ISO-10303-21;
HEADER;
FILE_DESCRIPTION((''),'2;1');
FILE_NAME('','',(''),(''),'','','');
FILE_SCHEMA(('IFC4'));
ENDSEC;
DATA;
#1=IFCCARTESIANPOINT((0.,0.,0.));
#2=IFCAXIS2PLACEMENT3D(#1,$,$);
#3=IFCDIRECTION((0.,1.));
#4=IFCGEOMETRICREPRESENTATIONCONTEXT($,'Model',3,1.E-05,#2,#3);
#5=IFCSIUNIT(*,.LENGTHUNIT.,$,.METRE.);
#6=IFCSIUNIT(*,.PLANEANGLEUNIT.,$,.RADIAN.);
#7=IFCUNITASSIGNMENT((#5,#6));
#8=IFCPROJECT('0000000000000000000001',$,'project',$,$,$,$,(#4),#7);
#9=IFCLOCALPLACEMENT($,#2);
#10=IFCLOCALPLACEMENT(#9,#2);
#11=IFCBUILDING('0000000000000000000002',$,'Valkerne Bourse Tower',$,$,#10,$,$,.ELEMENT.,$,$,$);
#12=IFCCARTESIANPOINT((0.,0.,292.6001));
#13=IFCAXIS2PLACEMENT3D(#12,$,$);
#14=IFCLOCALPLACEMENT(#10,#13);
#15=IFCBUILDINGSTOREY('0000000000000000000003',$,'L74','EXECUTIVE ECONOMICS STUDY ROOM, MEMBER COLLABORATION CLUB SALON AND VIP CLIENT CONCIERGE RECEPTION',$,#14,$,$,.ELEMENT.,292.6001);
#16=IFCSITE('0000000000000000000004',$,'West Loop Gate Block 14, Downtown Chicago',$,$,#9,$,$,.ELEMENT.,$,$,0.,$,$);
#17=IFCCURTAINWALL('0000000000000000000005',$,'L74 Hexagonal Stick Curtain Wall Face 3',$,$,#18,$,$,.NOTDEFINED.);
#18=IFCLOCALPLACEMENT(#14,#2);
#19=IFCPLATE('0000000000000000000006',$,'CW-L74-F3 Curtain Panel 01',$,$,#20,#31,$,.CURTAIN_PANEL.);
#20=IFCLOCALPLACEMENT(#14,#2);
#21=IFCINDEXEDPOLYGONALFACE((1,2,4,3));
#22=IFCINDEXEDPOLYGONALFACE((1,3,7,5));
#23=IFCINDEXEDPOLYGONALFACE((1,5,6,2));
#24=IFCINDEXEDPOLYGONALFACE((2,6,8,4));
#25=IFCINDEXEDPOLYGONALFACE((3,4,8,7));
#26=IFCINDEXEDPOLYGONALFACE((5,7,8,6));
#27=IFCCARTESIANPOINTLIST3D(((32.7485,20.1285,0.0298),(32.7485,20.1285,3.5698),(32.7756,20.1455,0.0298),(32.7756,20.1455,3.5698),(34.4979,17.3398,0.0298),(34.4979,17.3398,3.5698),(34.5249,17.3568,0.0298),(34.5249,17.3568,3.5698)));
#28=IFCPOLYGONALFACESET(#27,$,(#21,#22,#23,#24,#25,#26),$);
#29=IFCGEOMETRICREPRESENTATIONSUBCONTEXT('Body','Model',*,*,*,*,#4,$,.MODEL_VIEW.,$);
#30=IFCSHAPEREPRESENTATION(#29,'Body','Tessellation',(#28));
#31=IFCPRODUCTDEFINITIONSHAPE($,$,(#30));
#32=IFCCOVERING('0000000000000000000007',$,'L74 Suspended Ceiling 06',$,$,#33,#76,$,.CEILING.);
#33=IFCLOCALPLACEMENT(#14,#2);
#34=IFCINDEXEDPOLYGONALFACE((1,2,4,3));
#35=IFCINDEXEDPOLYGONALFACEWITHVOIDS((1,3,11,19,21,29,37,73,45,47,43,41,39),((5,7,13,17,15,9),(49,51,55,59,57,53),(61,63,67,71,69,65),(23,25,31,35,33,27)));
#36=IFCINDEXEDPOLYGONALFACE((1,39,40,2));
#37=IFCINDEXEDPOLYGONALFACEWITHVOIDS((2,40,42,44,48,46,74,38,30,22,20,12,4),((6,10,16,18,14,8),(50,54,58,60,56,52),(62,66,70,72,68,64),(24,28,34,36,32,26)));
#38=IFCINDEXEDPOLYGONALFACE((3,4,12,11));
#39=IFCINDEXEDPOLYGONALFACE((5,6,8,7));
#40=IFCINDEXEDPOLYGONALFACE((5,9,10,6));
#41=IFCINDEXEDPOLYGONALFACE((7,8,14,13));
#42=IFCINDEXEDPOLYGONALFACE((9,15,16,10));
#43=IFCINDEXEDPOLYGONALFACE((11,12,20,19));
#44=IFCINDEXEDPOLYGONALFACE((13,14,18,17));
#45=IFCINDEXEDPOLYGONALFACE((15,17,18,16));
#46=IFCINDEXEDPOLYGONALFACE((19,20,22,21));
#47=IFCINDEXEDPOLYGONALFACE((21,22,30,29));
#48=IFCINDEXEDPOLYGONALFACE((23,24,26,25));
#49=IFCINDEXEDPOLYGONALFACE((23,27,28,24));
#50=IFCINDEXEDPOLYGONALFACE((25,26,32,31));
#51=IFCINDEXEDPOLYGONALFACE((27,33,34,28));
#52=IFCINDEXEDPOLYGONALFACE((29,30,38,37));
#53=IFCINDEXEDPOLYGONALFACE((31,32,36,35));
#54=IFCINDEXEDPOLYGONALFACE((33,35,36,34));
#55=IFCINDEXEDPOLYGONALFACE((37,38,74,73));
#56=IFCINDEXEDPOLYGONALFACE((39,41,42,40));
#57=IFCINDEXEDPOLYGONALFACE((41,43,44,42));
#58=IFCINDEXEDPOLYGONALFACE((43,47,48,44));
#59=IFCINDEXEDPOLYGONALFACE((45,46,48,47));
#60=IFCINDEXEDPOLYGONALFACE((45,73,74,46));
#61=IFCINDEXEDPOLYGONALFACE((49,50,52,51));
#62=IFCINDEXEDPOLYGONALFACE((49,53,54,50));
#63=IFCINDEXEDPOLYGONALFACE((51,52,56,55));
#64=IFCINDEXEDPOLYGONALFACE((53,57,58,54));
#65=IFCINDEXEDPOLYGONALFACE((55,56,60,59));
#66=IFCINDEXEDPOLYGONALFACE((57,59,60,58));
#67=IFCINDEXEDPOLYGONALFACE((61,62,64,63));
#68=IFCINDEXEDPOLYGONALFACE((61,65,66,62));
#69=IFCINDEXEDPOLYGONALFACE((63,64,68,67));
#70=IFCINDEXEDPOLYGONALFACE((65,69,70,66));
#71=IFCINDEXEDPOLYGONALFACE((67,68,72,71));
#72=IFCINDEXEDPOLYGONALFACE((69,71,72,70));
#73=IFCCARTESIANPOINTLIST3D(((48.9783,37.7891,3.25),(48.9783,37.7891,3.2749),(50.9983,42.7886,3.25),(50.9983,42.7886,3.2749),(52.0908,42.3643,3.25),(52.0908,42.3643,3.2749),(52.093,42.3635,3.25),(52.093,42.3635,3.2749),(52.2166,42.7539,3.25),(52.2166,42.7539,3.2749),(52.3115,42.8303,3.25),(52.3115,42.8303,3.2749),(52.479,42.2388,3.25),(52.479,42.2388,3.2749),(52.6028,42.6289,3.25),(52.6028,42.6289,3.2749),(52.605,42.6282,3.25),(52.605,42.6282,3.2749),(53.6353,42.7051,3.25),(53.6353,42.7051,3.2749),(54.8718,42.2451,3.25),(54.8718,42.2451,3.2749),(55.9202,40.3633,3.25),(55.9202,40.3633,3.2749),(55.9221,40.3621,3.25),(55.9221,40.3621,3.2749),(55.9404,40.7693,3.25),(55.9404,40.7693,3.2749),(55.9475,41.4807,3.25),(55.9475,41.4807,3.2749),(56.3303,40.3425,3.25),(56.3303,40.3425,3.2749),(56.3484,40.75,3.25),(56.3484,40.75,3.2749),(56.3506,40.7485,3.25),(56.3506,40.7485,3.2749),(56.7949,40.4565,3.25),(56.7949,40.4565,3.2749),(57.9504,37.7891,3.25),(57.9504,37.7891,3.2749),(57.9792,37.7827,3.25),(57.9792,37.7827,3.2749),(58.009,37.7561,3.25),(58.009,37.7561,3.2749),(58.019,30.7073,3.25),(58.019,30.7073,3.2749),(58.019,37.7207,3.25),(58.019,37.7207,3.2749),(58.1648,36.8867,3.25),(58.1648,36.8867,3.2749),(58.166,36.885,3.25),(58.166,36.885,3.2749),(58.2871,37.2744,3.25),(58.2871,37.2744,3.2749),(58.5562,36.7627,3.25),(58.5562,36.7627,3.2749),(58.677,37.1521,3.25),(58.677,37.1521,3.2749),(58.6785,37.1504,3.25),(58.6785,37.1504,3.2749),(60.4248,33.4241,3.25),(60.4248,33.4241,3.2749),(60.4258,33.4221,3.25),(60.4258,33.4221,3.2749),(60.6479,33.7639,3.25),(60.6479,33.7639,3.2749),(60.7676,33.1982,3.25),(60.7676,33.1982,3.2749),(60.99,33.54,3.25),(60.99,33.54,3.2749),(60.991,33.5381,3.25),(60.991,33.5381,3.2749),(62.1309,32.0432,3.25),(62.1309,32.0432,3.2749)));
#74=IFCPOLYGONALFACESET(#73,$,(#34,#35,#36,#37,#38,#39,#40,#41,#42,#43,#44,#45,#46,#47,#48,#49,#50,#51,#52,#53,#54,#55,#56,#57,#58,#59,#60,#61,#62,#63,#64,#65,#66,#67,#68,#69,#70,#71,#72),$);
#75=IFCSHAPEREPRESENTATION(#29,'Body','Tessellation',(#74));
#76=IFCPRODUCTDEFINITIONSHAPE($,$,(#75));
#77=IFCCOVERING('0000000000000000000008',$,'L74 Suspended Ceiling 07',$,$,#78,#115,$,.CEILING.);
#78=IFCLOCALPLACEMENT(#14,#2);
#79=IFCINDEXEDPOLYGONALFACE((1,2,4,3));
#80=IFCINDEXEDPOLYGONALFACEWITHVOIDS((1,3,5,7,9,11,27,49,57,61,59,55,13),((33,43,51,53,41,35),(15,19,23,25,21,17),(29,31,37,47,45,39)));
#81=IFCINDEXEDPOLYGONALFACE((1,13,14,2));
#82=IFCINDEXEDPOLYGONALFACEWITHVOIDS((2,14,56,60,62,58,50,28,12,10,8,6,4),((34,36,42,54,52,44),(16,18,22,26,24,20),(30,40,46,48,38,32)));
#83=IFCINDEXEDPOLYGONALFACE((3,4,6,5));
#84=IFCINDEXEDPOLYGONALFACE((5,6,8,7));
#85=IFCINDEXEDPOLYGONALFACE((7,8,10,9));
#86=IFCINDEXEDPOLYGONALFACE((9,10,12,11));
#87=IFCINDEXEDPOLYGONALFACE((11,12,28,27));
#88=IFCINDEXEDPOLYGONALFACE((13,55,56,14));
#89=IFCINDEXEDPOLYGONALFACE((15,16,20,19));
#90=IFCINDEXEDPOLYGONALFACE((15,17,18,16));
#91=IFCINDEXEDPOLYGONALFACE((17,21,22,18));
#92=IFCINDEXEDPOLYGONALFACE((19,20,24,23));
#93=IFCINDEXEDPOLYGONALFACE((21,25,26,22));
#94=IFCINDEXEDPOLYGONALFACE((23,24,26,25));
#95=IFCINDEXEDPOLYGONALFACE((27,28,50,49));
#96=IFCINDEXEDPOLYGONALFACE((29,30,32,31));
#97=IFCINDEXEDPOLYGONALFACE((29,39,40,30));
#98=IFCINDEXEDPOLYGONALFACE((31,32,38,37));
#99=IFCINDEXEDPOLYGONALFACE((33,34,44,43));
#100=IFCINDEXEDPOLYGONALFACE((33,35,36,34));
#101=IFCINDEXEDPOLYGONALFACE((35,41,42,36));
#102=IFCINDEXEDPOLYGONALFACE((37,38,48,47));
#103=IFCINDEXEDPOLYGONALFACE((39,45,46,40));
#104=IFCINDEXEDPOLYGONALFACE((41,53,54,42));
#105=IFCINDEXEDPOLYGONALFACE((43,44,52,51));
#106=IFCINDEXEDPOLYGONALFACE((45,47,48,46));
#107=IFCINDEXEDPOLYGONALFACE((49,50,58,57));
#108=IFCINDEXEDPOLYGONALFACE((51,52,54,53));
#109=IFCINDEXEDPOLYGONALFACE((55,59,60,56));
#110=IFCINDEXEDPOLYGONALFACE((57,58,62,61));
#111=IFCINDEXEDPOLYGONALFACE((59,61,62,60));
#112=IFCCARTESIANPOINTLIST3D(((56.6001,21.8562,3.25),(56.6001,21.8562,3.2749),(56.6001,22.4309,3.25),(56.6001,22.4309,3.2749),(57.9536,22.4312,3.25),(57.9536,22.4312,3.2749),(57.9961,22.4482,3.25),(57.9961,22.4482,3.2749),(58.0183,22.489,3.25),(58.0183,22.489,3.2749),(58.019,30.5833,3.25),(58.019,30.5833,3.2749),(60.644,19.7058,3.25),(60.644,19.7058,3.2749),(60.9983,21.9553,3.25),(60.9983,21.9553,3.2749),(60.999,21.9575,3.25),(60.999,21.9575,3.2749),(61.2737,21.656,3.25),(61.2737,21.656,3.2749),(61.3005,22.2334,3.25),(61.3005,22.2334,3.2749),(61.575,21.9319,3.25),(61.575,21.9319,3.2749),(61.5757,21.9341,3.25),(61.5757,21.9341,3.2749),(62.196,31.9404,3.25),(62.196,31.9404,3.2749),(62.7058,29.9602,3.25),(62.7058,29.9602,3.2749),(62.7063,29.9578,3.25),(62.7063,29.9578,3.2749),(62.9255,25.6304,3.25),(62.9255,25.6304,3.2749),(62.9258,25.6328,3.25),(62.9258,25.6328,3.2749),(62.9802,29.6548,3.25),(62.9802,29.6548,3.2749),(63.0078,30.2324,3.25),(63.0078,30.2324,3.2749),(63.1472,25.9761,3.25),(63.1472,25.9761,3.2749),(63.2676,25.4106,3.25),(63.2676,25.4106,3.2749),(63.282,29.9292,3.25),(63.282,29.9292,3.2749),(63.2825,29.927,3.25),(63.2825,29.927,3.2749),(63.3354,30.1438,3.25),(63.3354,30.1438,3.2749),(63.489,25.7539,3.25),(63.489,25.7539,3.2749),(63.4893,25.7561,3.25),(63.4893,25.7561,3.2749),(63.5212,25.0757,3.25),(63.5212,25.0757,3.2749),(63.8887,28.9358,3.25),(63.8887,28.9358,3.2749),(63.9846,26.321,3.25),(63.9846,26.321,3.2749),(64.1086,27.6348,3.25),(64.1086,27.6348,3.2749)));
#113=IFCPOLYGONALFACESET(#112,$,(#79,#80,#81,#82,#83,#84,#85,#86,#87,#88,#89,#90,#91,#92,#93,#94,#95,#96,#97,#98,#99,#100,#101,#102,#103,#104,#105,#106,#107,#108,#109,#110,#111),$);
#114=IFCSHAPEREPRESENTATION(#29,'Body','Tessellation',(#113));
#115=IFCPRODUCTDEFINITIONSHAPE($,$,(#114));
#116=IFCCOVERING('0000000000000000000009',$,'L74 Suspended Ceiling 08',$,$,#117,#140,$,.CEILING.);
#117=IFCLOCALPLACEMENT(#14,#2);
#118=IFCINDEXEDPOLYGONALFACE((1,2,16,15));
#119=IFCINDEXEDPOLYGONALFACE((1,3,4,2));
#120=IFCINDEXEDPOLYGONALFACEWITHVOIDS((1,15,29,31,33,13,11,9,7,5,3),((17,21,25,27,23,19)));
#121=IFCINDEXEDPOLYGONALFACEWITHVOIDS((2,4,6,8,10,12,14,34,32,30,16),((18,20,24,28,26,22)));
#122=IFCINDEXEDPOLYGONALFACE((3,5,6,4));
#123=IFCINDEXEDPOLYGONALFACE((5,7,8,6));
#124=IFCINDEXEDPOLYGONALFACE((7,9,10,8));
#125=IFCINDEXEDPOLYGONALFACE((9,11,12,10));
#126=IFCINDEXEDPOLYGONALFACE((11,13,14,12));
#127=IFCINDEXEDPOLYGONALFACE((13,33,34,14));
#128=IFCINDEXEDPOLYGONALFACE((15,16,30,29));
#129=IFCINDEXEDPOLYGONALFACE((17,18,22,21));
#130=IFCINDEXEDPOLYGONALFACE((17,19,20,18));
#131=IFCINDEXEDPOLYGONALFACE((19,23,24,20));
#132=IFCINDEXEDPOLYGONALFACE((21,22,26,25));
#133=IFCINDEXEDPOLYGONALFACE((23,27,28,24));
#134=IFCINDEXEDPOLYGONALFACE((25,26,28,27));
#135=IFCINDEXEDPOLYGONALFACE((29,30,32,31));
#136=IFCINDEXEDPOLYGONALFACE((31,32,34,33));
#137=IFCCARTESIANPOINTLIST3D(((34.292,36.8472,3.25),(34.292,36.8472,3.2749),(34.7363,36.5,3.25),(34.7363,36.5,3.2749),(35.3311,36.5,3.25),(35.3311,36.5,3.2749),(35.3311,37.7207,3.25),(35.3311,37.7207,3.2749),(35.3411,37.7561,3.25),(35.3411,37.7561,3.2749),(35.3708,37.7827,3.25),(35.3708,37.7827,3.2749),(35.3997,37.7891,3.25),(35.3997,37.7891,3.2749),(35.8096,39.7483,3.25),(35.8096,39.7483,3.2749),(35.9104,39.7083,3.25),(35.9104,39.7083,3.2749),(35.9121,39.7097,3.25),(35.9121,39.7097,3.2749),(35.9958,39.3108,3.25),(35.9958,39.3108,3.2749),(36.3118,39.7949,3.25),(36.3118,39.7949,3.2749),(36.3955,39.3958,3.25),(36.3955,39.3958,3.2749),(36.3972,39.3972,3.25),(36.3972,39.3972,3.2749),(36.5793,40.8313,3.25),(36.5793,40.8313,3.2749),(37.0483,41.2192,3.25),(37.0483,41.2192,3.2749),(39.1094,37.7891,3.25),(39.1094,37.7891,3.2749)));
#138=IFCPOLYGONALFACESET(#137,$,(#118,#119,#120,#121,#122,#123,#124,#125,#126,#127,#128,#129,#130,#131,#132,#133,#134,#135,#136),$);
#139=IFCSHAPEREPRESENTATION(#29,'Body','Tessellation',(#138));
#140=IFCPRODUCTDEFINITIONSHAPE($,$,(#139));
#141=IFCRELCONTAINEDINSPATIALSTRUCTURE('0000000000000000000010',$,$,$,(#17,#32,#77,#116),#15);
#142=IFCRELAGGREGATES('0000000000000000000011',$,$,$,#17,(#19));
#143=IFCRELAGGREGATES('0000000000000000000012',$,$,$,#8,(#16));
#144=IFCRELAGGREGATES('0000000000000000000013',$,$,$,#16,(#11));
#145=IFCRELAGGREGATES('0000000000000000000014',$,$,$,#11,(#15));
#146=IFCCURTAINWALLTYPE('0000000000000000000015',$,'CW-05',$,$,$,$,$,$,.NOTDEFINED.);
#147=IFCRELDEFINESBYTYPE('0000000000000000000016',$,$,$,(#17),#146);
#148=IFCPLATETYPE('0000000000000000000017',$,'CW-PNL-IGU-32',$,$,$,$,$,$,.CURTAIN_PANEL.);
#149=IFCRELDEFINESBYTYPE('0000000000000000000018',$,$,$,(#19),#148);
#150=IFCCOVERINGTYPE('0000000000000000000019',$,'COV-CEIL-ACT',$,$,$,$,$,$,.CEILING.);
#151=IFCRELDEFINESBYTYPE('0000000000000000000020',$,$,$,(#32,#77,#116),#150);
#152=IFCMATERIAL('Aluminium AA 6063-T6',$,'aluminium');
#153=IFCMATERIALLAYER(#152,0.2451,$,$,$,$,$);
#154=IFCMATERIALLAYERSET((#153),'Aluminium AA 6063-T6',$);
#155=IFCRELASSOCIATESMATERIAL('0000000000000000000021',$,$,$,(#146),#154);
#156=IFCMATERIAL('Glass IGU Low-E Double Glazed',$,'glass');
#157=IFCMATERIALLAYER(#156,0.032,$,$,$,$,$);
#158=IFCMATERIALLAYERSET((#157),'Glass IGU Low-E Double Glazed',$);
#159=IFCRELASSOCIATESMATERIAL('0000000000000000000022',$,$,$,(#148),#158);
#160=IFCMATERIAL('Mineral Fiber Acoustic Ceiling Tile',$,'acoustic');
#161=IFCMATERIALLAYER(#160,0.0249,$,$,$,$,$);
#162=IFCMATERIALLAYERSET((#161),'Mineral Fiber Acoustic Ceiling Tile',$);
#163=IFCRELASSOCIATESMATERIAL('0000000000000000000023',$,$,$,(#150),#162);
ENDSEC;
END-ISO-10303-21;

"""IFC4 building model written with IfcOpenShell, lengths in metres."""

from ifc_helpers import new_model, si_unit, direction, frame, origin, origin_2d, place, context, subcontext, project, spatial, polyline, rectangle, outline, extrude, material, layer, layer_set, type_object, element, aggregate, save


model = new_model("IFC4")

# Units and contexts
model_context = context("Model", 3, precision=1e-05, world=origin(), true_north=direction((0.0, 1.0)))
body_context = subcontext(model_context, "Body", "Model", "MODEL_VIEW")
ifc_project = project(units=[si_unit("LENGTHUNIT", "METRE"), si_unit("PLANEANGLEUNIT", "RADIAN")], contexts=[model_context])

# Site, building, storey
site_placement = place(None, origin())
site = spatial("IfcSite", under=ifc_project, at=site_placement, Name="West Loop Gate Block 14, Downtown Chicago", CompositionType="ELEMENT", RefElevation=0.0)
building_placement = place(site_placement, origin())
building = spatial("IfcBuilding", under=site, at=building_placement, Name="Valkerne Bourse Tower", CompositionType="ELEMENT")
storey_placement = place(building_placement, frame((0.0, 0.0, 292.6001)))
storey = spatial("IfcBuildingStorey", under=building, at=storey_placement, Name="L74", Description="EXECUTIVE ECONOMICS STUDY ROOM, MEMBER COLLABORATION CLUB SALON AND VIP CLIENT CONCIERGE RECEPTION", CompositionType="ELEMENT", Elevation=292.6001)

# Curtain wall
ifc_material_1 = material(Name="Aluminium AA 6063-T6", Category="aluminium")
ifc_layer_1 = layer(ifc_material_1, 0.2451)
ifc_layer_set_1 = layer_set([ifc_layer_1], Name="Aluminium AA 6063-T6")
curtain_wall_type = type_object("IfcCurtainWallType", Name="CW-05", PredefinedType="NOTDEFINED", material=ifc_layer_set_1)
curtain_wall_placement = place(storey_placement, origin())
curtain_wall = element("IfcCurtainWall", 1, at=curtain_wall_placement, inside=storey, type_object=curtain_wall_type, Name="L74 Hexagonal Stick Curtain Wall Face 3", PredefinedType="NOTDEFINED")

# Plate
ifc_material_2 = material(Name="Glass IGU Low-E Double Glazed", Category="glass")
ifc_layer_2 = layer(ifc_material_2, 0.032)
ifc_layer_set_2 = layer_set([ifc_layer_2], Name="Glass IGU Low-E Double Glazed")
plate_type = type_object("IfcPlateType", Name="CW-PNL-IGU-32", PredefinedType="CURTAIN_PANEL", material=ifc_layer_set_2)
plate_placement = place(storey_placement, frame((33.6367, 18.7427, 0.0298), z_axis=(0.0, 0.0, 1.0), x_axis=(0.531398, -0.847122, 0.0)))
plate = element("IfcPlate", 2, at=plate_placement, type_object=plate_type, Name="CW-L74-F3 Curtain Panel 01", PredefinedType="CURTAIN_PANEL", context=body_context, shape_type="SweptSolid", body=[
    extrude(rectangle(XDim=3.292, YDim=0.032, at=origin_2d()), origin(), (0.0, 0.0, 1.0), 3.54),
])
aggregate(curtain_wall, [plate])

# Coverings
ifc_material_3 = material(Name="Mineral Fiber Acoustic Ceiling Tile", Category="acoustic")
ifc_layer_3 = layer(ifc_material_3, 0.0249)
ifc_layer_set_3 = layer_set([ifc_layer_3], Name="Mineral Fiber Acoustic Ceiling Tile")
covering_type_1 = type_object("IfcCoveringType", Name="COV-CEIL-ACT", PredefinedType="CEILING", material=ifc_layer_set_3)
covering_1_placement = place(storey_placement, frame((0.0, 0.0, 3.25)))
element("IfcCovering", 3, at=covering_1_placement, inside=storey, type_object=covering_type_1, Name="L74 Suspended Ceiling 06", PredefinedType="CEILING", context=body_context, shape_type="SweptSolid", body=[
    extrude(outline(polyline([(54.8718, 42.2451), (55.9475, 41.4807), (56.7949, 40.4565), (62.1309, 32.0432), (58.019, 30.7073), (58.019, 37.7207), (58.009, 37.7561), (57.9792, 37.7827), (57.9504, 37.7891), (48.9783, 37.7891), (50.9983, 42.7886), (52.3115, 42.8303), (53.6353, 42.7051), (54.8718, 42.2451)]), holes=[polyline([(60.99, 33.54), (60.6479, 33.7639), (60.4248, 33.4241), (60.4258, 33.4221), (60.7676, 33.1982), (60.991, 33.5381), (60.99, 33.54)]), polyline([(58.677, 37.1521), (58.2871, 37.2744), (58.1648, 36.8867), (58.166, 36.885), (58.5562, 36.7627), (58.6785, 37.1504), (58.677, 37.1521)]), polyline([(56.3484, 40.75), (55.9404, 40.7693), (55.9202, 40.3633), (55.9221, 40.3621), (56.3303, 40.3425), (56.3506, 40.7485), (56.3484, 40.75)]), polyline([(52.605, 42.6282), (52.6028, 42.6289), (52.2166, 42.7539), (52.0908, 42.3643), (52.093, 42.3635), (52.479, 42.2388), (52.605, 42.6282)])]), origin(), (0.0, 0.0, 1.0), 0.0249),
])
covering_2_placement = place(storey_placement, frame((0.0, 0.0, 3.25)))
element("IfcCovering", 4, at=covering_2_placement, inside=storey, type_object=covering_type_1, Name="L74 Suspended Ceiling 07", PredefinedType="CEILING", context=body_context, shape_type="SweptSolid", body=[
    extrude(outline(polyline([(63.9846, 26.321), (63.5212, 25.0757), (60.644, 19.7058), (56.6001, 21.8562), (56.6001, 22.4309), (57.9536, 22.4312), (57.9961, 22.4482), (58.0183, 22.489), (58.019, 30.5833), (62.196, 31.9404), (63.3354, 30.1438), (63.8887, 28.9358), (64.1086, 27.6348), (63.9846, 26.321)]), holes=[polyline([(61.5757, 21.9341), (61.3005, 22.2334), (60.999, 21.9575), (60.9983, 21.9553), (61.2737, 21.656), (61.575, 21.9319), (61.5757, 21.9341)]), polyline([(63.489, 25.7539), (63.4893, 25.7561), (63.1472, 25.9761), (62.9258, 25.6328), (62.9255, 25.6304), (63.2676, 25.4106), (63.489, 25.7539)]), polyline([(63.282, 29.9292), (63.0078, 30.2324), (62.7058, 29.9602), (62.7063, 29.9578), (62.9802, 29.6548), (63.2825, 29.927), (63.282, 29.9292)])]), origin(), (0.0, 0.0, 1.0), 0.0249),
])
covering_3_placement = place(storey_placement, frame((0.0, 0.0, 3.25)))
element("IfcCovering", 5, at=covering_3_placement, inside=storey, type_object=covering_type_1, Name="L74 Suspended Ceiling 08", PredefinedType="CEILING", context=body_context, shape_type="SweptSolid", body=[
    extrude(outline(polyline([(37.0483, 41.2192), (39.1094, 37.7891), (35.3997, 37.7891), (35.3708, 37.7827), (35.3411, 37.7561), (35.3311, 37.7207), (35.3311, 36.5), (34.7363, 36.5), (34.292, 36.8472), (35.8096, 39.7483), (36.5793, 40.8313), (37.0483, 41.2192)]), holes=[polyline([(36.3955, 39.3958), (36.3972, 39.3972), (36.3118, 39.7949), (35.9121, 39.7097), (35.9104, 39.7083), (35.9958, 39.3108), (36.3955, 39.3958)])]), origin(), (0.0, 0.0, 1.0), 0.0249),
])

save(model, "model.ifc")
